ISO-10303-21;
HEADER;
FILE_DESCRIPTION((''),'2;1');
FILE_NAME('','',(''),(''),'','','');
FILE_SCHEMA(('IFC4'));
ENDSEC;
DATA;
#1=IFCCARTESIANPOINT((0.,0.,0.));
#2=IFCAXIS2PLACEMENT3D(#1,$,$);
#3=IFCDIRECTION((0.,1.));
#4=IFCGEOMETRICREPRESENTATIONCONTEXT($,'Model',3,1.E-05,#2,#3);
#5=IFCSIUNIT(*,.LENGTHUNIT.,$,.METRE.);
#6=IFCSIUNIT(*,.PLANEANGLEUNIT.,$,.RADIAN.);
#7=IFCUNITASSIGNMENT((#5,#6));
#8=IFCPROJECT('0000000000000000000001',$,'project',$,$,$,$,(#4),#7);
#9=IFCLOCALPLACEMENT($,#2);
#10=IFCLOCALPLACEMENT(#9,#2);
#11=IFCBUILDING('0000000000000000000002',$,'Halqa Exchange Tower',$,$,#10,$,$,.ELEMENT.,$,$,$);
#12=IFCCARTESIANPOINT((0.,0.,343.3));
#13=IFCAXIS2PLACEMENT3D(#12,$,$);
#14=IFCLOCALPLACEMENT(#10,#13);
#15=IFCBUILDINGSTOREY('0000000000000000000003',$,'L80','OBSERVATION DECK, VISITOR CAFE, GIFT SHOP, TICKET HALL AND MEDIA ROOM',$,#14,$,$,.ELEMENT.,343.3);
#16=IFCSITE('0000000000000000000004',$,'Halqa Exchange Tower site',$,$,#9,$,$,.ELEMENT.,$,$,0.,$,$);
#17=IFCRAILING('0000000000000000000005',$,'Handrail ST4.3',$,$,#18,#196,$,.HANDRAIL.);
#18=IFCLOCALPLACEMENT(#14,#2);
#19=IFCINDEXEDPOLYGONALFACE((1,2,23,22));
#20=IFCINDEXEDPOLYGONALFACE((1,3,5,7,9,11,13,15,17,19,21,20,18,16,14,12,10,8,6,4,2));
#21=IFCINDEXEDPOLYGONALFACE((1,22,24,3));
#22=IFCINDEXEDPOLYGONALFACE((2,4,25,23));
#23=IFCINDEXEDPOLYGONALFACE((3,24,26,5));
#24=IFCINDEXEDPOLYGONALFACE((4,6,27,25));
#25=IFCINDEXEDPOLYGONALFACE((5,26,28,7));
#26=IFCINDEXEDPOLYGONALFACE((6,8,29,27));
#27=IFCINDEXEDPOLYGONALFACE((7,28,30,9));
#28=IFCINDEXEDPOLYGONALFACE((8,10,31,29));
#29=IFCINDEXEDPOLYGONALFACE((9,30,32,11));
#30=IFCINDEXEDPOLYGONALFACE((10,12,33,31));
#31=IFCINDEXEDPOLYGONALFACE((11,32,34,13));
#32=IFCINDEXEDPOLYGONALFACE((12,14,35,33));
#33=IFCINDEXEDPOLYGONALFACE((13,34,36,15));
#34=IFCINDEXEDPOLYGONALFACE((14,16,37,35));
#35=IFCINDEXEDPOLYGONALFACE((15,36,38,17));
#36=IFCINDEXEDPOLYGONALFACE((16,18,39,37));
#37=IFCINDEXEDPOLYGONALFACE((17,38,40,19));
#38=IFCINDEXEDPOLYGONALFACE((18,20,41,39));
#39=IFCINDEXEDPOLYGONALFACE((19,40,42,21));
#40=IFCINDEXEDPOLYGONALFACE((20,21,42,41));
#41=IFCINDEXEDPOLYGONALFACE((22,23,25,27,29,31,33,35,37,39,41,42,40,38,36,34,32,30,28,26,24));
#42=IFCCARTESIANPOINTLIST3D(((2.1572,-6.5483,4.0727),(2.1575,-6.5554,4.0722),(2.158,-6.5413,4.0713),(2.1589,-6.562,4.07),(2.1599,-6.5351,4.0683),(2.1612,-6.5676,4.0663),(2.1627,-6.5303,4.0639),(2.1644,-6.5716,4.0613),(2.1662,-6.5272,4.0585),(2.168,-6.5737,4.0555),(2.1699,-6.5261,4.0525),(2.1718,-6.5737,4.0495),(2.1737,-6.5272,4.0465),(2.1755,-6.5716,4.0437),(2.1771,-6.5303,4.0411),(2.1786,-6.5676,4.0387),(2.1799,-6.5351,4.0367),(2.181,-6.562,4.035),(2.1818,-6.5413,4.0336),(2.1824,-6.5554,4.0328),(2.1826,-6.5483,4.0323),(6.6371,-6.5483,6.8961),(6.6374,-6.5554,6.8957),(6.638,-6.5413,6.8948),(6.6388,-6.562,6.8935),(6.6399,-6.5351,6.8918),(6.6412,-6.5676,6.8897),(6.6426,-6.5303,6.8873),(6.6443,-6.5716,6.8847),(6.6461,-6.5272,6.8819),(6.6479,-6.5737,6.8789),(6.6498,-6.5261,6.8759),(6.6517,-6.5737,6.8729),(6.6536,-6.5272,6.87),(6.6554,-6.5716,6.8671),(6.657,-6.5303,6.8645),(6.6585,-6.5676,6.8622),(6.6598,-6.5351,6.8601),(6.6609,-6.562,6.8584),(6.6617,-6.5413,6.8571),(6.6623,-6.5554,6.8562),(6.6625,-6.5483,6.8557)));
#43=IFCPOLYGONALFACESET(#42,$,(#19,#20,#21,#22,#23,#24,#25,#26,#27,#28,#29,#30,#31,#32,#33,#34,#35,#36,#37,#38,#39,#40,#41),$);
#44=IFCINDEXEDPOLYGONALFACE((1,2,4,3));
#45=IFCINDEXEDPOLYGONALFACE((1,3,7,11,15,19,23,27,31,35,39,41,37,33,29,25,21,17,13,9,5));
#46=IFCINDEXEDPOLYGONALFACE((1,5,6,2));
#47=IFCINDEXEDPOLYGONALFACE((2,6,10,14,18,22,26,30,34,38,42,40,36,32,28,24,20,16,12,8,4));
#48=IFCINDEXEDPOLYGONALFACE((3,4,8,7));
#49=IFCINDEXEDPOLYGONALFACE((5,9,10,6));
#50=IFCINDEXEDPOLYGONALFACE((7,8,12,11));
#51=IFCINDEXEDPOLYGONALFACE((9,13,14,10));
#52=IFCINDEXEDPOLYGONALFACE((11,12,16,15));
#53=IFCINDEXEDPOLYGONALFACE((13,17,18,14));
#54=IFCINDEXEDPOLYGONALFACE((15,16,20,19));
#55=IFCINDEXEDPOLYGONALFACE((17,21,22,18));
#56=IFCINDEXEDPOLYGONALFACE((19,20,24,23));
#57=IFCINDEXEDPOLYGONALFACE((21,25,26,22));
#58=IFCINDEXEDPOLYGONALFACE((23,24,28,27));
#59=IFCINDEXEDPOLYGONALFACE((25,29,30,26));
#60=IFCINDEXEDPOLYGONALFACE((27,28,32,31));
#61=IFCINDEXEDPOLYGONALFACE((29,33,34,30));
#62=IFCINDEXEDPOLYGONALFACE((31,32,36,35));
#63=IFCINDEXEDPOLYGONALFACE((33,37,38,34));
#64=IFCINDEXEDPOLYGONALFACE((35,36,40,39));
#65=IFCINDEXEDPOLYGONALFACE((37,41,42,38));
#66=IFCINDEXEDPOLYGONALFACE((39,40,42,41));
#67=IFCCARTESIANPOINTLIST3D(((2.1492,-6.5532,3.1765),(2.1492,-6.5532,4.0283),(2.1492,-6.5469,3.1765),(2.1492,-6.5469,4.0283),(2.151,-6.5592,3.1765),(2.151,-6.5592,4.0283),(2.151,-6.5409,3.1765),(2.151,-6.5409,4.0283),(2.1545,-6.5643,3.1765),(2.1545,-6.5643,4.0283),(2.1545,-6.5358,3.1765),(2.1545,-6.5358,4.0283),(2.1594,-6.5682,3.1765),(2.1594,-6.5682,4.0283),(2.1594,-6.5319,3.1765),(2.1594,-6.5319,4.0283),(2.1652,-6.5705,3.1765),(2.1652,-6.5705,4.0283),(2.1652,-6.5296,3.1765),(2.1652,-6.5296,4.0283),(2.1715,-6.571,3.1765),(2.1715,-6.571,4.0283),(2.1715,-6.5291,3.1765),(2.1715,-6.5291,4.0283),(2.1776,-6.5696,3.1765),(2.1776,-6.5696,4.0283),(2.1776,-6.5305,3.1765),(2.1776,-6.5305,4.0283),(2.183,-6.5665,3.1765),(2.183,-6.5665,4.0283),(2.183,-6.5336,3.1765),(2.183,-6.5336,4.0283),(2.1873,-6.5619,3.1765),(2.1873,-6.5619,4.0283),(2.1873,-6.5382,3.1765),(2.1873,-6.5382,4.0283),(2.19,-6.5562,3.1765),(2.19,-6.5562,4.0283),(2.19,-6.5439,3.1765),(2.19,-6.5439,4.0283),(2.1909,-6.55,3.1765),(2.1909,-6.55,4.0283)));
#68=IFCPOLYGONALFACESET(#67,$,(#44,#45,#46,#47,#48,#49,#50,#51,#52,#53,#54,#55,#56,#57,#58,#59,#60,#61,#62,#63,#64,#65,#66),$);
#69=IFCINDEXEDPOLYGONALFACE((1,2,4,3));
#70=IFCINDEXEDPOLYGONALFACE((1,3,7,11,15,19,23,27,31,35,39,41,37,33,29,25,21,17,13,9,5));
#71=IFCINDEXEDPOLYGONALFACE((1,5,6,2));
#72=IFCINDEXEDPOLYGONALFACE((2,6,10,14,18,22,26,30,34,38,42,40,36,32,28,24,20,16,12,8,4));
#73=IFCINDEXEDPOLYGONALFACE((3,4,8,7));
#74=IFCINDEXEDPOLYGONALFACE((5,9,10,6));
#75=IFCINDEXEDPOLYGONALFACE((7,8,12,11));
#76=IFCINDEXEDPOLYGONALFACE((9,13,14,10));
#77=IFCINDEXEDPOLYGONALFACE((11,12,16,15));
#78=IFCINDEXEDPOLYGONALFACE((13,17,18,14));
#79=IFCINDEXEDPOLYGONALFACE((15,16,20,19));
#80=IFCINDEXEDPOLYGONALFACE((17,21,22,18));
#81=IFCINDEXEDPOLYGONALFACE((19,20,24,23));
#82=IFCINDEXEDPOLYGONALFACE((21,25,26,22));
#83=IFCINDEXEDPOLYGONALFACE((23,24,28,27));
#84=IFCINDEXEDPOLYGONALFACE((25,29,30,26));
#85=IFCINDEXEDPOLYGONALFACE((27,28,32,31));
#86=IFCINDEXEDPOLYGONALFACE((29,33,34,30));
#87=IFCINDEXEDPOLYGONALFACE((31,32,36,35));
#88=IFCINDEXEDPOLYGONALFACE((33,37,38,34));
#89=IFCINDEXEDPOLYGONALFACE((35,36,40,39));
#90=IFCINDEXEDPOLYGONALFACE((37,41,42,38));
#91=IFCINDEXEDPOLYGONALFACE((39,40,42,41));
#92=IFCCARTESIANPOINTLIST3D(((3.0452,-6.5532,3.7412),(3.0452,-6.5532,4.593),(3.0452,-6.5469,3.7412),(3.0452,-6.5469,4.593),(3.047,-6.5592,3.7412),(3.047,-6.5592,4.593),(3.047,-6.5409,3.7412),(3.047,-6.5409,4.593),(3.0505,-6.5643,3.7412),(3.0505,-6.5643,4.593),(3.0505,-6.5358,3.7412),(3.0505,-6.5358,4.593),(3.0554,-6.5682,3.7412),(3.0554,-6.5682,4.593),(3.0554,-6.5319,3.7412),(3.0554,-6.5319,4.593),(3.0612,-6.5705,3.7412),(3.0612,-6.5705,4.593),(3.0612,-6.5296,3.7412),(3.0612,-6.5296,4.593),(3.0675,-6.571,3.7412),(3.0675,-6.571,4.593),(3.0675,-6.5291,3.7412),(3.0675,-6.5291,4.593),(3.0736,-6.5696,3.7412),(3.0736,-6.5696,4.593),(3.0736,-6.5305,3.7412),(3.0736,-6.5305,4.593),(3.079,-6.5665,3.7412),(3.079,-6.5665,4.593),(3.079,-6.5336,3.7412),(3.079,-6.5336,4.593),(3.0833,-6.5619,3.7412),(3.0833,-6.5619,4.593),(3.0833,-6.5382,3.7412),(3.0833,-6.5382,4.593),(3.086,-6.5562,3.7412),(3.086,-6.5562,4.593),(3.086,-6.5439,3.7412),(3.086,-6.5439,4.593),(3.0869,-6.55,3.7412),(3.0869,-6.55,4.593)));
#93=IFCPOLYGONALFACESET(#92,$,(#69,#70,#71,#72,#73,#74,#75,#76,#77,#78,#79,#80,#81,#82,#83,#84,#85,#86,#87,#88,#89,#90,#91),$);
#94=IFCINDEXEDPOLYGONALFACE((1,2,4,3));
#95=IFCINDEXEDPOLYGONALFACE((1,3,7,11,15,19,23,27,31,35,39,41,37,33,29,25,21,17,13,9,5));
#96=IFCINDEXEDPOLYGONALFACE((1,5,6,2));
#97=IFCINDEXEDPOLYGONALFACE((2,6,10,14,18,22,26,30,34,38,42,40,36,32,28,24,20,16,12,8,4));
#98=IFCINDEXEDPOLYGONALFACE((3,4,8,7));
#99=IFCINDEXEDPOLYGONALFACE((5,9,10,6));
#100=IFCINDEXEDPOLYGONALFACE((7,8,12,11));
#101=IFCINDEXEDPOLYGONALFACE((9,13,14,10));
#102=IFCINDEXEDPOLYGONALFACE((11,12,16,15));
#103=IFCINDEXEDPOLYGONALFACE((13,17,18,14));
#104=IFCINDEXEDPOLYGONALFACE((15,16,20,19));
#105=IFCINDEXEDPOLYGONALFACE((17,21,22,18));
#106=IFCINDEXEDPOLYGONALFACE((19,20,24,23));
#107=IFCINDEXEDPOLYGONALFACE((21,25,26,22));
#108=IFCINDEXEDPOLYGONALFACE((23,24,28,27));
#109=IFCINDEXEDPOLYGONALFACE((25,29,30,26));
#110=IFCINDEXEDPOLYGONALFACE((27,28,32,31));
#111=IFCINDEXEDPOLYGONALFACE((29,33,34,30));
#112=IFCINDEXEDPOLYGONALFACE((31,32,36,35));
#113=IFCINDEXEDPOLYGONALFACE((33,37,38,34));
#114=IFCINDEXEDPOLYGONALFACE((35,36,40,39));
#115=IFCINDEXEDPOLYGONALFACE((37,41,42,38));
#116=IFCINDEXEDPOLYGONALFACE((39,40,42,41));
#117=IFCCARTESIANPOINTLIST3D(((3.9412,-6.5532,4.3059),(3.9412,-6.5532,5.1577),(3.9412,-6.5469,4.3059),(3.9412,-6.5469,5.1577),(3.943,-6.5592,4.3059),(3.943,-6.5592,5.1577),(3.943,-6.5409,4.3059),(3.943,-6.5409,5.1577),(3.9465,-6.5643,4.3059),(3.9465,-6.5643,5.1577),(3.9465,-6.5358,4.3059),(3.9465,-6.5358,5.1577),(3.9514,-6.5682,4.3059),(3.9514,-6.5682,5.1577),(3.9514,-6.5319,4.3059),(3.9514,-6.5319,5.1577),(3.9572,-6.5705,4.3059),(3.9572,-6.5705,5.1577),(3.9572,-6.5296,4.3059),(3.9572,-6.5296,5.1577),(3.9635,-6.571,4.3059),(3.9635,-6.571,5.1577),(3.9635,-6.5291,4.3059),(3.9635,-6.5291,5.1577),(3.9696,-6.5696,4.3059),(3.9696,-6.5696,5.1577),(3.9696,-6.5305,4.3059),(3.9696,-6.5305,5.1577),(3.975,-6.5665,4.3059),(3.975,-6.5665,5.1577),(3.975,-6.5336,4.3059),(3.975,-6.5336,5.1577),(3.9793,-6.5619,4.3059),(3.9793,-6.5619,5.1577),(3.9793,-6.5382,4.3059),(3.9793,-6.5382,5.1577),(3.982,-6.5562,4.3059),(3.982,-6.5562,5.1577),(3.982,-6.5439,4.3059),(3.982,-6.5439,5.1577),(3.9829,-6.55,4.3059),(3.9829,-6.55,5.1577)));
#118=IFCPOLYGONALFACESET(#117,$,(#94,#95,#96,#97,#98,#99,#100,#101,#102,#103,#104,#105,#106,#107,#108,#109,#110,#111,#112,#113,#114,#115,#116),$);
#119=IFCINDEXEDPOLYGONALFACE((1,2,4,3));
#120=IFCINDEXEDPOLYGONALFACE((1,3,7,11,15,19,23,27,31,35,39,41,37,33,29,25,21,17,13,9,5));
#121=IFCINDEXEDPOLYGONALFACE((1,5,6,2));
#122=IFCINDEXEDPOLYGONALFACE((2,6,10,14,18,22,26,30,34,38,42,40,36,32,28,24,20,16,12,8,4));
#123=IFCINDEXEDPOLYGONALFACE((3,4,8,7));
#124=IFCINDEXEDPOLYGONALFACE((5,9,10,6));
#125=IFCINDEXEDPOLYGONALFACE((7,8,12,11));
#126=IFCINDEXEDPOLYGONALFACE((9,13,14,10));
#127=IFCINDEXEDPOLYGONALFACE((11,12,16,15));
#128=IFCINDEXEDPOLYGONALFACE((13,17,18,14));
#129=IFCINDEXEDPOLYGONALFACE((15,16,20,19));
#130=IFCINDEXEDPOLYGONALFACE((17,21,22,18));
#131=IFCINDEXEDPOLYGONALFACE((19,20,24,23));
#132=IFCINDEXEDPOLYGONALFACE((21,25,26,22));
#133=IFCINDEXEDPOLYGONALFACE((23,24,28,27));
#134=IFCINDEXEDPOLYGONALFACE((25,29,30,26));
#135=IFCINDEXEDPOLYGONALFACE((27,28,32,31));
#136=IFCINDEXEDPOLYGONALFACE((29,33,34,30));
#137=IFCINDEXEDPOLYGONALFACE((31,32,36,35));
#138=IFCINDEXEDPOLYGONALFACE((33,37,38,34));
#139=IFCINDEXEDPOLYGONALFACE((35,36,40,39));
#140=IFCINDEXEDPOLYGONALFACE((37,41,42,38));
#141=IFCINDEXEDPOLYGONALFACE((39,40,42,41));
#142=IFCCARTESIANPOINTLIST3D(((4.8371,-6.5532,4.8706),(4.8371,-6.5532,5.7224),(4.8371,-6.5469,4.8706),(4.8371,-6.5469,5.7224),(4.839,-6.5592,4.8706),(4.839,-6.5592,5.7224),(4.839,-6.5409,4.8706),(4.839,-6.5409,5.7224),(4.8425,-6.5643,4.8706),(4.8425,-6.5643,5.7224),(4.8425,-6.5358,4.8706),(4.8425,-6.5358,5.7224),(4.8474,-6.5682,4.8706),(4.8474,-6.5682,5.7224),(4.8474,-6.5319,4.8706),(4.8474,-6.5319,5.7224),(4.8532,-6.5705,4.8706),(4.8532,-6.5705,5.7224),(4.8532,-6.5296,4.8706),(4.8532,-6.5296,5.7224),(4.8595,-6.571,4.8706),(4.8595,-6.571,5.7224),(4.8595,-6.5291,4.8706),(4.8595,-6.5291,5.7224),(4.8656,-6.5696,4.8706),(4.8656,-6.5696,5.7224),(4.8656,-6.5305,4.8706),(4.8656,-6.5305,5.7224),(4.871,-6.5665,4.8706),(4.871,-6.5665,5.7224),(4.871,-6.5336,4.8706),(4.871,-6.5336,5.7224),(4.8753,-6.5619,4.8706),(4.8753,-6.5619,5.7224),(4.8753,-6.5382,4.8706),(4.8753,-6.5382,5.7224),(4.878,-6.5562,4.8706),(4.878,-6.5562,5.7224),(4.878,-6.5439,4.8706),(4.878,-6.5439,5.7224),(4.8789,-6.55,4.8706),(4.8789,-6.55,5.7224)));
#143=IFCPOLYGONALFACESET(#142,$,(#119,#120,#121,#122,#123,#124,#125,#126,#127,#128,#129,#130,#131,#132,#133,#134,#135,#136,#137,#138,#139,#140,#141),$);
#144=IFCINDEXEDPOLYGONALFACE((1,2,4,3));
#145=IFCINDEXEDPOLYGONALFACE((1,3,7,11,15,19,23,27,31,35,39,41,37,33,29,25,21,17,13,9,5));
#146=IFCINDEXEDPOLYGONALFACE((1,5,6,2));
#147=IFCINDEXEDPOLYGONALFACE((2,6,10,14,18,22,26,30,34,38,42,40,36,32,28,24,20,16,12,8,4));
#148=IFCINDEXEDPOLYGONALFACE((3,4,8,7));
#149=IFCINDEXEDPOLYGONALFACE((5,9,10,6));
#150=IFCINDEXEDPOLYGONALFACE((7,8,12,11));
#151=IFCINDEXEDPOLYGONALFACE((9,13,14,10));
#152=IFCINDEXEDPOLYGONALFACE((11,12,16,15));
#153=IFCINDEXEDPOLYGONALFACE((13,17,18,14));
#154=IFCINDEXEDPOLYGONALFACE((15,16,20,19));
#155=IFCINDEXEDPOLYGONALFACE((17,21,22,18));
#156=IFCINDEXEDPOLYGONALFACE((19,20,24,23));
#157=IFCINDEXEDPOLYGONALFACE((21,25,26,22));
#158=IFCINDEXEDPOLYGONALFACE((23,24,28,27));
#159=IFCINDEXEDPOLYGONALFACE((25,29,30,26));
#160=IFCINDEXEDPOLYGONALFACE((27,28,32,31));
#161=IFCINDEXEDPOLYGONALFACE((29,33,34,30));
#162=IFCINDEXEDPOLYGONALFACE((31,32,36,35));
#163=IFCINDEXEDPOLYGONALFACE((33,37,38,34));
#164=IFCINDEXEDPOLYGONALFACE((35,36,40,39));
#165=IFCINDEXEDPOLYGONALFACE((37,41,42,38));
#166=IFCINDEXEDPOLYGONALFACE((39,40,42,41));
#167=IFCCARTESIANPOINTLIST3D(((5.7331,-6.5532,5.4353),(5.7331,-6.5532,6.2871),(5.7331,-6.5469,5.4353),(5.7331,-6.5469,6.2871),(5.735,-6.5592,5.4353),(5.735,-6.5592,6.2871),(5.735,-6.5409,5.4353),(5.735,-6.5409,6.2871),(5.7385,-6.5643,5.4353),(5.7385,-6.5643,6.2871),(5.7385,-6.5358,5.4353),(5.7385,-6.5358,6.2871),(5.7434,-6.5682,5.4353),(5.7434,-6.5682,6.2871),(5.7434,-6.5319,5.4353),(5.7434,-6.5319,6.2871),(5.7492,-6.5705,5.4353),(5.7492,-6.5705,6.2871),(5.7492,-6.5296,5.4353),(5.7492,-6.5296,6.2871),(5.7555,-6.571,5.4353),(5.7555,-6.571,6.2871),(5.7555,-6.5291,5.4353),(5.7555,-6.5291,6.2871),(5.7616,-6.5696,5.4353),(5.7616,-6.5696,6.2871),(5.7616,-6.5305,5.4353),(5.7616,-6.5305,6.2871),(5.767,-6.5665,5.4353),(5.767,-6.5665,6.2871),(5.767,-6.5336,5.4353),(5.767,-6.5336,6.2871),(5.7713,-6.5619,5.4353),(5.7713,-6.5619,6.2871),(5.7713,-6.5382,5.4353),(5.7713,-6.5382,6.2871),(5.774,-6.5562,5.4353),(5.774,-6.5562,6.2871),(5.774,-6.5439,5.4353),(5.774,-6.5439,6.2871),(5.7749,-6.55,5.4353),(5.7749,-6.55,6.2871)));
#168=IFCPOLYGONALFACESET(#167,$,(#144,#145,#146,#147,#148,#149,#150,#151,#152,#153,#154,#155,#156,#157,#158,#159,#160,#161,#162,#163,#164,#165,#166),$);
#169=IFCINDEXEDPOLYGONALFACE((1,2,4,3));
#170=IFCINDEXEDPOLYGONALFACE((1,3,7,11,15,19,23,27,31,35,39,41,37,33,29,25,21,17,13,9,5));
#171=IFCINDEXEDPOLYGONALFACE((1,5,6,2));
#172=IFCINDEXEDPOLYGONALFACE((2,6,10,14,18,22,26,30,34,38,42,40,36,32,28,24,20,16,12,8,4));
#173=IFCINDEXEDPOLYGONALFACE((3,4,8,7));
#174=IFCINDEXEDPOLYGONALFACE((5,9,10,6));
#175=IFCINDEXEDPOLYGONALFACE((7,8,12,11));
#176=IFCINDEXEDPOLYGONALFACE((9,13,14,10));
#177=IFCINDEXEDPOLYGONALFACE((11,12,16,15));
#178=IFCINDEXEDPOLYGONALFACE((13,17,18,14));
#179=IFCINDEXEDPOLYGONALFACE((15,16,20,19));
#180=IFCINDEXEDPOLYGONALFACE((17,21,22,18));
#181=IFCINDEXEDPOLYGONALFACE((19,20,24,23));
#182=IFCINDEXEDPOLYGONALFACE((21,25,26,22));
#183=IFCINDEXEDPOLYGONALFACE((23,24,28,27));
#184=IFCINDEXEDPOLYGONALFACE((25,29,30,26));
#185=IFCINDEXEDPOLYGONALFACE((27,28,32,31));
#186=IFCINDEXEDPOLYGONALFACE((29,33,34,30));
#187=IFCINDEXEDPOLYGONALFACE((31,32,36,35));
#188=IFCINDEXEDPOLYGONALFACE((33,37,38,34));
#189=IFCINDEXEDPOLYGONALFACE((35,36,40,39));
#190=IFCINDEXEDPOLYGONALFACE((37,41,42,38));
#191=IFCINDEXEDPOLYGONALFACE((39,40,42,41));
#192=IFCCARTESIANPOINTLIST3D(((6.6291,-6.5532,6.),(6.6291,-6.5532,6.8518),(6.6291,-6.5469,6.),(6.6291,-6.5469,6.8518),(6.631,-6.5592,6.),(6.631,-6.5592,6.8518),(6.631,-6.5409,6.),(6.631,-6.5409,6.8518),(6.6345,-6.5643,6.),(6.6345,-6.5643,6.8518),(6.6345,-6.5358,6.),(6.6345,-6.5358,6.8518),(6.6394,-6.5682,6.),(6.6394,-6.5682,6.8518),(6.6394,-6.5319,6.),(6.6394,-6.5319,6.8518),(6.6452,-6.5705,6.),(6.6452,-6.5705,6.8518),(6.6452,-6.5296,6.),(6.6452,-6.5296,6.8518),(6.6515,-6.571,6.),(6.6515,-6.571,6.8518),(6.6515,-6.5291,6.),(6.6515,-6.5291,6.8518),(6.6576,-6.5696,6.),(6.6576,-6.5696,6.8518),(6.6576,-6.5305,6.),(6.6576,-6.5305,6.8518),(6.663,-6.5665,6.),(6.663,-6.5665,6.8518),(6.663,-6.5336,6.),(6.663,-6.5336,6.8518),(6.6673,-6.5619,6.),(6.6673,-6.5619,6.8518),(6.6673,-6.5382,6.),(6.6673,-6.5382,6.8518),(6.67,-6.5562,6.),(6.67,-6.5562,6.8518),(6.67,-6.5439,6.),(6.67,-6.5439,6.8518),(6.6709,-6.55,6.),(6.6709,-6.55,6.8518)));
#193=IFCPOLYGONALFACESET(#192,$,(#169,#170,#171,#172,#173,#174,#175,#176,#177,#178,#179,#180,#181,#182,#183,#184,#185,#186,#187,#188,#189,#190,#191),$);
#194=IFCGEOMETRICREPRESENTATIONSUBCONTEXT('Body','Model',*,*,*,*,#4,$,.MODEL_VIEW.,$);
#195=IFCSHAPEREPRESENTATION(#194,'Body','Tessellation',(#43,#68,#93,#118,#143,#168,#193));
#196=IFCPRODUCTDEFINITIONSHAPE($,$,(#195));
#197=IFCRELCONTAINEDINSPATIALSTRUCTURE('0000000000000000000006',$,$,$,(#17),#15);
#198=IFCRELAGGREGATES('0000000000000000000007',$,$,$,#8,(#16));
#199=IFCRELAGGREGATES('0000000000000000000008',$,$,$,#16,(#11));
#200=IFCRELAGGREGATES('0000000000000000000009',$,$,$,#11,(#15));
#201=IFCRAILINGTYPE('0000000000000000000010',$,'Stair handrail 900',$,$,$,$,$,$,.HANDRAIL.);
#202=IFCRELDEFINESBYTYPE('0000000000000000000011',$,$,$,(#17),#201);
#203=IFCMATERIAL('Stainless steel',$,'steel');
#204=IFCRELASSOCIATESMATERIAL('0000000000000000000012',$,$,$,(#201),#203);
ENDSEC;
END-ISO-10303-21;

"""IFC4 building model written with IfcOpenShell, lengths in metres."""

from ifc_helpers import new_model, si_unit, direction, frame, origin, origin_2d, place, context, subcontext, project, spatial, circle, extrude, material, type_object, element, save


model = new_model("IFC4")

# Units and contexts
model_context = context("Model", 3, precision=1e-05, world=origin(), true_north=direction((0.0, 1.0)))
body_context = subcontext(model_context, "Body", "Model", "MODEL_VIEW")
ifc_project = project(units=[si_unit("LENGTHUNIT", "METRE"), si_unit("PLANEANGLEUNIT", "RADIAN")], contexts=[model_context])

# Site, building, storey
site_placement = place(None, origin())
site = spatial("IfcSite", under=ifc_project, at=site_placement, Name="Halqa Exchange Tower site", CompositionType="ELEMENT", RefElevation=0.0)
building_placement = place(site_placement, origin())
building = spatial("IfcBuilding", under=site, at=building_placement, Name="Halqa Exchange Tower", CompositionType="ELEMENT")
storey_placement = place(building_placement, frame((0.0, 0.0, 343.3)))
storey = spatial("IfcBuildingStorey", under=building, at=storey_placement, Name="L80", Description="OBSERVATION DECK, VISITOR CAFE, GIFT SHOP, TICKET HALL AND MEDIA ROOM", CompositionType="ELEMENT", Elevation=343.3)

# Railing
ifc_material_1 = material(Name="Stainless steel", Category="steel")
railing_type_1 = type_object("IfcRailingType", Name="Stair handrail 900", PredefinedType="HANDRAIL", material=ifc_material_1)
railing_1_placement = place(storey_placement, frame((2.1699, -6.55, 3.1765)))
element("IfcRailing", 1, at=railing_1_placement, inside=storey, type_object=railing_type_1, Name="Handrail ST4.3", PredefinedType="HANDRAIL", context=body_context, shape_type="SweptSolid", body=[
    extrude(circle(Radius=0.0239, at=origin_2d()), frame((0.0, 0.0, 0.876), z_axis=(0.845998, 0.0, 0.533186), x_axis=(0.0, 1.0, 0.0)), (0.0, 0.0, 1.0), 5.2954),
    extrude(circle(Radius=0.021, at=origin_2d()), origin(), (0.0, 0.0, 1.0), 0.8518),
    extrude(circle(Radius=0.021, at=origin_2d()), frame((0.896, 0.0, 0.5647)), (0.0, 0.0, 1.0), 0.8518),
    extrude(circle(Radius=0.021, at=origin_2d()), frame((1.792, 0.0, 1.1294)), (0.0, 0.0, 1.0), 0.8518),
    extrude(circle(Radius=0.021, at=origin_2d()), frame((2.688, 0.0, 1.6941)), (0.0, 0.0, 1.0), 0.8518),
    extrude(circle(Radius=0.021, at=origin_2d()), frame((3.584, 0.0, 2.2588)), (0.0, 0.0, 1.0), 0.8518),
    extrude(circle(Radius=0.021, at=origin_2d()), frame((4.48, 0.0, 2.8235)), (0.0, 0.0, 1.0), 0.8518),
])

save(model, "model.ifc")
